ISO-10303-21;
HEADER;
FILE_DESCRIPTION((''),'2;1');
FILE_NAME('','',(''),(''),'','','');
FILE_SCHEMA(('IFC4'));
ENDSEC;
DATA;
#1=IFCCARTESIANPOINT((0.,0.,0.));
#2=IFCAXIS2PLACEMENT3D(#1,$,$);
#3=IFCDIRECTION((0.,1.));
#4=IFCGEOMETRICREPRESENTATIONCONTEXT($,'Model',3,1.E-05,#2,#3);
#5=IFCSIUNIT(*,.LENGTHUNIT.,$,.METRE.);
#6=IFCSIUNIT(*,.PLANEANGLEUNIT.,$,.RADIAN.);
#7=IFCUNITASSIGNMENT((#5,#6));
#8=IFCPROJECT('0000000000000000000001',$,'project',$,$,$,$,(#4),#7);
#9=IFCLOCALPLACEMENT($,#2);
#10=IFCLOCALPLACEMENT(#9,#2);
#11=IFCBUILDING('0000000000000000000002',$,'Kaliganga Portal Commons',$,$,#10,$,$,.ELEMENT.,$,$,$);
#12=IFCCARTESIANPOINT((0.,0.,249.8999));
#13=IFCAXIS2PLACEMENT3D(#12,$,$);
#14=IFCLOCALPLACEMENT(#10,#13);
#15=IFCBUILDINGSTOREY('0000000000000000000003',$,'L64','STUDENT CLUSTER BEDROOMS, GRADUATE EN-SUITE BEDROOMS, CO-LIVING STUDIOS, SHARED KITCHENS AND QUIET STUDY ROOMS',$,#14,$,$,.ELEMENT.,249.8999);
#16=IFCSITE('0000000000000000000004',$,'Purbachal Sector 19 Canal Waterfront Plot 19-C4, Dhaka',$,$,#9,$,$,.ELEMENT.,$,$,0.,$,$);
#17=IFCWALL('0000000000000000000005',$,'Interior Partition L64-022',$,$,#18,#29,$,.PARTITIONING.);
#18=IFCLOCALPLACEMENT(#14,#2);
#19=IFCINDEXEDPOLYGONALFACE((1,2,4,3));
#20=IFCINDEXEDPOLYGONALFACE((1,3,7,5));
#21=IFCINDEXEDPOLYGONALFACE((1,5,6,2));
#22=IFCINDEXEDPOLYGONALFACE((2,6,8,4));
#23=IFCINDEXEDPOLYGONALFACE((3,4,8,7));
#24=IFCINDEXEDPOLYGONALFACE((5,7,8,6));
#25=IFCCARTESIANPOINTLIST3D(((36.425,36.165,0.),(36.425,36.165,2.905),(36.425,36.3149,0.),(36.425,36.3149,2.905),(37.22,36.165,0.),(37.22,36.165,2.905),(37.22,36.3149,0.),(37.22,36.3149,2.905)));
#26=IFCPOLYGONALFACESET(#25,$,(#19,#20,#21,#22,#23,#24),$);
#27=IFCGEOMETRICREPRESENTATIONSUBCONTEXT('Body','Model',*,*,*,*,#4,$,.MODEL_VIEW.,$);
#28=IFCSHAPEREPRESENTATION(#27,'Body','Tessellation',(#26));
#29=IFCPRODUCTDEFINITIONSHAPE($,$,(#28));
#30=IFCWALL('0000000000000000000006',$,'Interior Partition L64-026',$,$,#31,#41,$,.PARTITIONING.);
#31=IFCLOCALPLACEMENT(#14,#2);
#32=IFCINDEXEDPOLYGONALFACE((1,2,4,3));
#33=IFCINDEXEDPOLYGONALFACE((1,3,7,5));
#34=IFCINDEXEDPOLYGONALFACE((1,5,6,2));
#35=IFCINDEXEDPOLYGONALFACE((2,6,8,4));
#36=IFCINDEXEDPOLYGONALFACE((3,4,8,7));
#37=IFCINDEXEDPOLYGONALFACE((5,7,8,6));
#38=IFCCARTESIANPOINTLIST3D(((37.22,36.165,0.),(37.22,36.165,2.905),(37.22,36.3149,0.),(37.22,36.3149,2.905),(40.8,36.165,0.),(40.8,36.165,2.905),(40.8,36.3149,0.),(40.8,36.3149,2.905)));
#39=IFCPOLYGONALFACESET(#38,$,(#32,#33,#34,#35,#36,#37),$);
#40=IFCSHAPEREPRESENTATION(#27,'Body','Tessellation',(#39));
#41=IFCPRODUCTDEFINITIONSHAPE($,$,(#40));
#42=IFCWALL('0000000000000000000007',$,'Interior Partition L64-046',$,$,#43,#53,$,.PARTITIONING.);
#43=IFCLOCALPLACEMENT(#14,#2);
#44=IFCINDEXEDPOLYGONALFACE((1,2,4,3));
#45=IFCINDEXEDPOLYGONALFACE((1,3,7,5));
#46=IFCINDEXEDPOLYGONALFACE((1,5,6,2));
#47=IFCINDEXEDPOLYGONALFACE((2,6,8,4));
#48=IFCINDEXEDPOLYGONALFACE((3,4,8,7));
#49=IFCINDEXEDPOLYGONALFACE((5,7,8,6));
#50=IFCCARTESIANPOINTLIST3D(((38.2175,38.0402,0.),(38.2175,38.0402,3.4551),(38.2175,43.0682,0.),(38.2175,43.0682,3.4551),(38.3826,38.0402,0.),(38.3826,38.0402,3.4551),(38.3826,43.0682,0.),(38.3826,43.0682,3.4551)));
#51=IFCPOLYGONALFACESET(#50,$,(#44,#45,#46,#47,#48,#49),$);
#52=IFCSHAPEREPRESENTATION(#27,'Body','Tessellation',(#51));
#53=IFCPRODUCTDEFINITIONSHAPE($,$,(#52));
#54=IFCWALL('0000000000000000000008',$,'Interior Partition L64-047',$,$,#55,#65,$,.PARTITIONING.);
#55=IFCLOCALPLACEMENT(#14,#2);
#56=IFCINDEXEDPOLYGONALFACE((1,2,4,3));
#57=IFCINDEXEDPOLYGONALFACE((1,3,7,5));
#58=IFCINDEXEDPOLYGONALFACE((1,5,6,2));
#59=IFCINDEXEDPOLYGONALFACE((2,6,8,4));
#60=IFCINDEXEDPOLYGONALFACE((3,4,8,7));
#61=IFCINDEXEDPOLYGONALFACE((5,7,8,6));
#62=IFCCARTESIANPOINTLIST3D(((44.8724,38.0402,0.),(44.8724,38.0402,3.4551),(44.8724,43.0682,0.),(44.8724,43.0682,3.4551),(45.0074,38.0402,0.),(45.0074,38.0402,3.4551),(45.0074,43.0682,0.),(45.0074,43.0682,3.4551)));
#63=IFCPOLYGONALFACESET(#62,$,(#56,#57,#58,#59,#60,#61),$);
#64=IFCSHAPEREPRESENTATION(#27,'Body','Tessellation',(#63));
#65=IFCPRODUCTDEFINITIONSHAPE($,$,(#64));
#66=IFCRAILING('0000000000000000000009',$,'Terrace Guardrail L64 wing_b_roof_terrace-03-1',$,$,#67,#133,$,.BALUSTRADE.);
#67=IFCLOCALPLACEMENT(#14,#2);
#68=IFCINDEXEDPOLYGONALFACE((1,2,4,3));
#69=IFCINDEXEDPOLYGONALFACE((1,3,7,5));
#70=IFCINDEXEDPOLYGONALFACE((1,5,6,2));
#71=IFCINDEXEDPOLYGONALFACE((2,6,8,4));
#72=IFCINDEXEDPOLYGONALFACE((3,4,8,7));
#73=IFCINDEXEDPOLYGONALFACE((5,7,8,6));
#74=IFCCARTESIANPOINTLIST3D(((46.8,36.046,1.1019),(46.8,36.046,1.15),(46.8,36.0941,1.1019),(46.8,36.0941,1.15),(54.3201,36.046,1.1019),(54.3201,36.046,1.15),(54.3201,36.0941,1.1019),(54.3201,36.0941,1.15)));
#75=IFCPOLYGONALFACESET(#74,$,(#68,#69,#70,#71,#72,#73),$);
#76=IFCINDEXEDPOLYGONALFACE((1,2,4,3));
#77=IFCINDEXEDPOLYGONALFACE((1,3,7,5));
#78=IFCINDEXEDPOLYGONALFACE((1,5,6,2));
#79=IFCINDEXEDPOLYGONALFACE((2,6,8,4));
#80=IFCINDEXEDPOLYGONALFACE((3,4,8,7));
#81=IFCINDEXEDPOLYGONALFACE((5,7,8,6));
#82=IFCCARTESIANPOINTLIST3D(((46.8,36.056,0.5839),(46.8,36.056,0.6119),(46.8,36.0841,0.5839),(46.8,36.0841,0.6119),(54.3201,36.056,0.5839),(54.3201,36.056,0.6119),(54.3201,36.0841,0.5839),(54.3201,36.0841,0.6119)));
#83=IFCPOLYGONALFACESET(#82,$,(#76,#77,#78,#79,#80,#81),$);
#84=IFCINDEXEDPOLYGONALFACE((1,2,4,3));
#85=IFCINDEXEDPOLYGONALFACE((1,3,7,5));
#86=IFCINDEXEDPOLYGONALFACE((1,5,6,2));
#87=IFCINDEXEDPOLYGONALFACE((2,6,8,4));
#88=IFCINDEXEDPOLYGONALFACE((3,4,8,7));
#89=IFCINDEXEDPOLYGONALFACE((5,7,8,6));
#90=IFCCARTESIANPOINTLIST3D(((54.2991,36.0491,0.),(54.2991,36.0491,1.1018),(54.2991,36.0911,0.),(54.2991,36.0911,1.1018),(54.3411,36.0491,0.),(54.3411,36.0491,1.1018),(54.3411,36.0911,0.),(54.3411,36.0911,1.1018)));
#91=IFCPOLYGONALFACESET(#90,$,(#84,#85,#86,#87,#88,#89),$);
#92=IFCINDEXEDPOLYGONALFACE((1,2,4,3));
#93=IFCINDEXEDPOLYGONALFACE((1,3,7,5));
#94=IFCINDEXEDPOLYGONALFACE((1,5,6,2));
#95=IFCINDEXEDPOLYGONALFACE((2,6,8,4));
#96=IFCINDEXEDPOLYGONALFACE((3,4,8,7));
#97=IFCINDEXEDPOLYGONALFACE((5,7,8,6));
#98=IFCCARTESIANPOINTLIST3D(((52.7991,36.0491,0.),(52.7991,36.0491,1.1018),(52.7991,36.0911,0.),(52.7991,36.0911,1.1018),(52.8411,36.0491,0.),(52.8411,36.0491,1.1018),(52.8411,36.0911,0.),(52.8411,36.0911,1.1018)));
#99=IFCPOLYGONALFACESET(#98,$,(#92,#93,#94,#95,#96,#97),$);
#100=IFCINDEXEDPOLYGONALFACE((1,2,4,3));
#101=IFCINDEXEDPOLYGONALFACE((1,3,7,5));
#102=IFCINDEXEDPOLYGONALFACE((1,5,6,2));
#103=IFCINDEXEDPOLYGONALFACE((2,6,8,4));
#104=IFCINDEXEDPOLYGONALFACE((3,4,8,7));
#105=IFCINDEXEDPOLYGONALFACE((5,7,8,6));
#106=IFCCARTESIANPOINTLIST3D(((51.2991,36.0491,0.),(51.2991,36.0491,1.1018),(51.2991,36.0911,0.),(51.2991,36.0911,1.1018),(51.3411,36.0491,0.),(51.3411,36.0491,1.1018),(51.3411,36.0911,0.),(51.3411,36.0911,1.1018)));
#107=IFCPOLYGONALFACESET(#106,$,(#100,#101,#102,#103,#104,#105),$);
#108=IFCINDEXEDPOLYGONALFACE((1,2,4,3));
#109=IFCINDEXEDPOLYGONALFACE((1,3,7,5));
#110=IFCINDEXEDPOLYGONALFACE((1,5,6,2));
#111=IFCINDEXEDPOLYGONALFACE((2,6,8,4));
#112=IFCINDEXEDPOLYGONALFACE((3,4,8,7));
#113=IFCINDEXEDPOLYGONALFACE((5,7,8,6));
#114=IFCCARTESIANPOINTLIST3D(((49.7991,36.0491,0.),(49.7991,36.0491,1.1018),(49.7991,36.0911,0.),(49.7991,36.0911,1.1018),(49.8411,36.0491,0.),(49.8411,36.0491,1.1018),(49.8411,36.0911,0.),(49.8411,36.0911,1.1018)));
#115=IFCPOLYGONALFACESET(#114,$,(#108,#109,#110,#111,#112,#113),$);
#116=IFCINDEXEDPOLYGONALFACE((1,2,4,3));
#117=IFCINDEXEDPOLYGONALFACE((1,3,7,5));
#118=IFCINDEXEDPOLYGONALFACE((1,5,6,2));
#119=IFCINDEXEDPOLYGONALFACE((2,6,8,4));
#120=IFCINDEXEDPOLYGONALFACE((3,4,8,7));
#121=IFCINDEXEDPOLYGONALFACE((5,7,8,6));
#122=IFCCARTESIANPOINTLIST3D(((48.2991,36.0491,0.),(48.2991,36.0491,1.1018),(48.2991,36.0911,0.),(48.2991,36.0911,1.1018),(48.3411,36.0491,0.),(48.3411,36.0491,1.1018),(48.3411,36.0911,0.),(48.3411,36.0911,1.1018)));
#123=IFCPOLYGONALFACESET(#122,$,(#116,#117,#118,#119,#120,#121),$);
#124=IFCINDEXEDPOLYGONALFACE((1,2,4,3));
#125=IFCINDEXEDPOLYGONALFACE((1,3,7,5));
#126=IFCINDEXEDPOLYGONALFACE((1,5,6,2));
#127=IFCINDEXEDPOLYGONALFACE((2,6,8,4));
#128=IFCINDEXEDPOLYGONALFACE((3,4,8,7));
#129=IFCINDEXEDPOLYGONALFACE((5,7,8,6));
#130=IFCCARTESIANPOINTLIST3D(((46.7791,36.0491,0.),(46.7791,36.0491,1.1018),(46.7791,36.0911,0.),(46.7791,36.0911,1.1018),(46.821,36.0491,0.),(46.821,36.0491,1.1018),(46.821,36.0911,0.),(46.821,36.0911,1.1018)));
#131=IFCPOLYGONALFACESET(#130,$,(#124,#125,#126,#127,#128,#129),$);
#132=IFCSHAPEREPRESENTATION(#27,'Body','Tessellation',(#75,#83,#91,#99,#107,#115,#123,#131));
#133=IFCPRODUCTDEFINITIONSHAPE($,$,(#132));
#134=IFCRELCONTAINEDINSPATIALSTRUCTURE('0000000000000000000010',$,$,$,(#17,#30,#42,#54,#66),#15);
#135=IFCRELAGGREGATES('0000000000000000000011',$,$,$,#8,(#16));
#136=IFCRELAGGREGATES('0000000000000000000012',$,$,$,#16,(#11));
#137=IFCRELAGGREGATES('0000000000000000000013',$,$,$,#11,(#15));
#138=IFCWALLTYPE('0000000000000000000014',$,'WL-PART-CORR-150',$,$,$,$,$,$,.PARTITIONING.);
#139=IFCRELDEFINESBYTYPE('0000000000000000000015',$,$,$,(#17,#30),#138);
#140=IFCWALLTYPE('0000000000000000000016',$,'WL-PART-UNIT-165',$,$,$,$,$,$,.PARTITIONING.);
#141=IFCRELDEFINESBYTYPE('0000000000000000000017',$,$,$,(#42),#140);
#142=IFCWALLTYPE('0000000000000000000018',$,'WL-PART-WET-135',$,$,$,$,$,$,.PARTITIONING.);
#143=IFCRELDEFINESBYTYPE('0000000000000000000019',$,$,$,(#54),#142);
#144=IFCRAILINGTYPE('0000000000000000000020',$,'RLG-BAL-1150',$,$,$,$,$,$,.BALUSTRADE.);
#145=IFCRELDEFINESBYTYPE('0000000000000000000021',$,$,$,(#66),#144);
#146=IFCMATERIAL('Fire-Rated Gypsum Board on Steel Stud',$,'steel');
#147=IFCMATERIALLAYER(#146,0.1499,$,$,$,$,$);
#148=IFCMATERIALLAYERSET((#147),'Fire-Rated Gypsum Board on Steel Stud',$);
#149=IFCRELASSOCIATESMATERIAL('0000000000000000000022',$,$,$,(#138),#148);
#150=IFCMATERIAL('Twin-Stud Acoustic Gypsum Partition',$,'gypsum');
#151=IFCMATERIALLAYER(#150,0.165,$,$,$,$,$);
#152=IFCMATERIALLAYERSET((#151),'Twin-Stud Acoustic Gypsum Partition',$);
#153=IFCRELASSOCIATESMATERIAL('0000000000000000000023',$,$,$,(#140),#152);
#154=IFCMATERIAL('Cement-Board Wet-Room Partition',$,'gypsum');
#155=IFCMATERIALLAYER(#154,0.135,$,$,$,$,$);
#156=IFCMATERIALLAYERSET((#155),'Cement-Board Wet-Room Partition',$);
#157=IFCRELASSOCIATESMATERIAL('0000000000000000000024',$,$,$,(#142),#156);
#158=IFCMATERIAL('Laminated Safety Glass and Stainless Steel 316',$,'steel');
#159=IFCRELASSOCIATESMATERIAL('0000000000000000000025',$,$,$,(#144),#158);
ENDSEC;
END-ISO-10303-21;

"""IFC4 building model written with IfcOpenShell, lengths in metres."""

from ifc_helpers import new_model, si_unit, direction, frame, frame_2d, origin, origin_2d, place, context, subcontext, project, spatial, rectangle, extrude, material, layer, layer_set, type_object, element, save


model = new_model("IFC4")

# Units and contexts
model_context = context("Model", 3, precision=1e-05, world=origin(), true_north=direction((0.0, 1.0)))
body_context = subcontext(model_context, "Body", "Model", "MODEL_VIEW")
ifc_project = project(units=[si_unit("LENGTHUNIT", "METRE"), si_unit("PLANEANGLEUNIT", "RADIAN")], contexts=[model_context])

# Site, building, storey
site_placement = place(None, origin())
site = spatial("IfcSite", under=ifc_project, at=site_placement, Name="Purbachal Sector 19 Canal Waterfront Plot 19-C4, Dhaka", CompositionType="ELEMENT", RefElevation=0.0)
building_placement = place(site_placement, origin())
building = spatial("IfcBuilding", under=site, at=building_placement, Name="Kaliganga Portal Commons", CompositionType="ELEMENT")
storey_placement = place(building_placement, frame((0.0, 0.0, 249.8999)))
storey = spatial("IfcBuildingStorey", under=building, at=storey_placement, Name="L64", Description="STUDENT CLUSTER BEDROOMS, GRADUATE EN-SUITE BEDROOMS, CO-LIVING STUDIOS, SHARED KITCHENS AND QUIET STUDY ROOMS", CompositionType="ELEMENT", Elevation=249.8999)

# Shared definitions
ifc_material_1 = material(Name="Fire-Rated Gypsum Board on Steel Stud", Category="steel")
ifc_layer_1 = layer(ifc_material_1, 0.1499)
ifc_layer_set_1 = layer_set([ifc_layer_1], Name="Fire-Rated Gypsum Board on Steel Stud")
wall_type_1 = type_object("IfcWallType", Name="WL-PART-CORR-150", PredefinedType="PARTITIONING", material=ifc_layer_set_1)

# Walls
wall_1_placement = place(storey_placement, frame((36.425, 36.24, 0.0), z_axis=(0.0, 0.0, 1.0), x_axis=(1.0, 0.0, 0.0)))
element("IfcWall", 1, at=wall_1_placement, inside=storey, type_object=wall_type_1, Name="Interior Partition L64-022", PredefinedType="PARTITIONING", context=body_context, shape_type="SweptSolid", body=[
    extrude(rectangle(XDim=0.7949, YDim=0.1499, at=frame_2d((0.3975, 0.0))), origin(), (0.0, 0.0, 1.0), 2.905),
])
wall_2_placement = place(storey_placement, frame((37.22, 36.24, 0.0), z_axis=(0.0, 0.0, 1.0), x_axis=(1.0, 0.0, 0.0)))
element("IfcWall", 2, at=wall_2_placement, inside=storey, type_object=wall_type_1, Name="Interior Partition L64-026", PredefinedType="PARTITIONING", context=body_context, shape_type="SweptSolid", body=[
    extrude(rectangle(XDim=3.5801, YDim=0.1499, at=frame_2d((1.79, 0.0))), origin(), (0.0, 0.0, 1.0), 2.905),
])

# Walls
ifc_material_2 = material(Name="Twin-Stud Acoustic Gypsum Partition", Category="gypsum")
ifc_layer_2 = layer(ifc_material_2, 0.165)
ifc_layer_set_2 = layer_set([ifc_layer_2], Name="Twin-Stud Acoustic Gypsum Partition")
wall_type_2 = type_object("IfcWallType", Name="WL-PART-UNIT-165", PredefinedType="PARTITIONING", material=ifc_layer_set_2)
wall_3_placement = place(storey_placement, frame((38.3, 38.04, 0.0), z_axis=(0.0, 0.0, 1.0), x_axis=(0.0, 1.0, 0.0)))
element("IfcWall", 3, at=wall_3_placement, inside=storey, type_object=wall_type_2, Name="Interior Partition L64-046", PredefinedType="PARTITIONING", context=body_context, shape_type="SweptSolid", body=[
    extrude(rectangle(XDim=5.0281, YDim=0.165, at=frame_2d((2.5142, 0.0))), origin(), (0.0, 0.0, 1.0), 3.4551),
])
ifc_material_3 = material(Name="Cement-Board Wet-Room Partition", Category="gypsum")
ifc_layer_3 = layer(ifc_material_3, 0.135)
ifc_layer_set_3 = layer_set([ifc_layer_3], Name="Cement-Board Wet-Room Partition")
wall_type_3 = type_object("IfcWallType", Name="WL-PART-WET-135", PredefinedType="PARTITIONING", material=ifc_layer_set_3)
wall_4_placement = place(storey_placement, frame((44.9399, 38.04, 0.0), z_axis=(0.0, 0.0, 1.0), x_axis=(0.0, 1.0, 0.0)))
element("IfcWall", 4, at=wall_4_placement, inside=storey, type_object=wall_type_3, Name="Interior Partition L64-047", PredefinedType="PARTITIONING", context=body_context, shape_type="SweptSolid", body=[
    extrude(rectangle(XDim=5.0281, YDim=0.135, at=frame_2d((2.5142, 0.0))), origin(), (0.0, 0.0, 1.0), 3.4551),
])

# Railing
ifc_material_4 = material(Name="Laminated Safety Glass and Stainless Steel 316", Category="steel")
railing_type = type_object("IfcRailingType", Name="RLG-BAL-1150", PredefinedType="BALUSTRADE", material=ifc_material_4)
railing_1_placement = place(storey_placement, frame((54.3201, 36.0701, 0.0)))
element("IfcRailing", 5, at=railing_1_placement, inside=storey, type_object=railing_type, Name="Terrace Guardrail L64 wing_b_roof_terrace-03-1", PredefinedType="BALUSTRADE", context=body_context, shape_type="SweptSolid", body=[
    extrude(rectangle(XDim=0.0481, YDim=0.0481, at=origin_2d()), frame((0.0, 0.0, 1.126), z_axis=(-1.0, 0.0, 0.0), x_axis=(0.0, -1.0, 0.0)), (0.0, 0.0, 1.0), 7.52),
    extrude(rectangle(XDim=0.0281, YDim=0.0281, at=origin_2d()), frame((0.0, 0.0, 0.5979), z_axis=(-1.0, 0.0, 0.0), x_axis=(0.0, -1.0, 0.0)), (0.0, 0.0, 1.0), 7.52),
    extrude(rectangle(XDim=0.042, YDim=0.042, at=origin_2d()), origin(), (0.0, 0.0, 1.0), 1.1018),
    extrude(rectangle(XDim=0.042, YDim=0.042, at=origin_2d()), frame((-1.5, 0.0, 0.0)), (0.0, 0.0, 1.0), 1.1018),
    extrude(rectangle(XDim=0.042, YDim=0.042, at=origin_2d()), frame((-3.0, 0.0, 0.0)), (0.0, 0.0, 1.0), 1.1018),
    extrude(rectangle(XDim=0.042, YDim=0.042, at=origin_2d()), frame((-4.5, 0.0, 0.0)), (0.0, 0.0, 1.0), 1.1018),
    extrude(rectangle(XDim=0.042, YDim=0.042, at=origin_2d()), frame((-6.0, 0.0, 0.0)), (0.0, 0.0, 1.0), 1.1018),
    extrude(rectangle(XDim=0.042, YDim=0.042, at=origin_2d()), frame((-7.52, 0.0, 0.0)), (0.0, 0.0, 1.0), 1.1018),
])

save(model, "model.ifc")
